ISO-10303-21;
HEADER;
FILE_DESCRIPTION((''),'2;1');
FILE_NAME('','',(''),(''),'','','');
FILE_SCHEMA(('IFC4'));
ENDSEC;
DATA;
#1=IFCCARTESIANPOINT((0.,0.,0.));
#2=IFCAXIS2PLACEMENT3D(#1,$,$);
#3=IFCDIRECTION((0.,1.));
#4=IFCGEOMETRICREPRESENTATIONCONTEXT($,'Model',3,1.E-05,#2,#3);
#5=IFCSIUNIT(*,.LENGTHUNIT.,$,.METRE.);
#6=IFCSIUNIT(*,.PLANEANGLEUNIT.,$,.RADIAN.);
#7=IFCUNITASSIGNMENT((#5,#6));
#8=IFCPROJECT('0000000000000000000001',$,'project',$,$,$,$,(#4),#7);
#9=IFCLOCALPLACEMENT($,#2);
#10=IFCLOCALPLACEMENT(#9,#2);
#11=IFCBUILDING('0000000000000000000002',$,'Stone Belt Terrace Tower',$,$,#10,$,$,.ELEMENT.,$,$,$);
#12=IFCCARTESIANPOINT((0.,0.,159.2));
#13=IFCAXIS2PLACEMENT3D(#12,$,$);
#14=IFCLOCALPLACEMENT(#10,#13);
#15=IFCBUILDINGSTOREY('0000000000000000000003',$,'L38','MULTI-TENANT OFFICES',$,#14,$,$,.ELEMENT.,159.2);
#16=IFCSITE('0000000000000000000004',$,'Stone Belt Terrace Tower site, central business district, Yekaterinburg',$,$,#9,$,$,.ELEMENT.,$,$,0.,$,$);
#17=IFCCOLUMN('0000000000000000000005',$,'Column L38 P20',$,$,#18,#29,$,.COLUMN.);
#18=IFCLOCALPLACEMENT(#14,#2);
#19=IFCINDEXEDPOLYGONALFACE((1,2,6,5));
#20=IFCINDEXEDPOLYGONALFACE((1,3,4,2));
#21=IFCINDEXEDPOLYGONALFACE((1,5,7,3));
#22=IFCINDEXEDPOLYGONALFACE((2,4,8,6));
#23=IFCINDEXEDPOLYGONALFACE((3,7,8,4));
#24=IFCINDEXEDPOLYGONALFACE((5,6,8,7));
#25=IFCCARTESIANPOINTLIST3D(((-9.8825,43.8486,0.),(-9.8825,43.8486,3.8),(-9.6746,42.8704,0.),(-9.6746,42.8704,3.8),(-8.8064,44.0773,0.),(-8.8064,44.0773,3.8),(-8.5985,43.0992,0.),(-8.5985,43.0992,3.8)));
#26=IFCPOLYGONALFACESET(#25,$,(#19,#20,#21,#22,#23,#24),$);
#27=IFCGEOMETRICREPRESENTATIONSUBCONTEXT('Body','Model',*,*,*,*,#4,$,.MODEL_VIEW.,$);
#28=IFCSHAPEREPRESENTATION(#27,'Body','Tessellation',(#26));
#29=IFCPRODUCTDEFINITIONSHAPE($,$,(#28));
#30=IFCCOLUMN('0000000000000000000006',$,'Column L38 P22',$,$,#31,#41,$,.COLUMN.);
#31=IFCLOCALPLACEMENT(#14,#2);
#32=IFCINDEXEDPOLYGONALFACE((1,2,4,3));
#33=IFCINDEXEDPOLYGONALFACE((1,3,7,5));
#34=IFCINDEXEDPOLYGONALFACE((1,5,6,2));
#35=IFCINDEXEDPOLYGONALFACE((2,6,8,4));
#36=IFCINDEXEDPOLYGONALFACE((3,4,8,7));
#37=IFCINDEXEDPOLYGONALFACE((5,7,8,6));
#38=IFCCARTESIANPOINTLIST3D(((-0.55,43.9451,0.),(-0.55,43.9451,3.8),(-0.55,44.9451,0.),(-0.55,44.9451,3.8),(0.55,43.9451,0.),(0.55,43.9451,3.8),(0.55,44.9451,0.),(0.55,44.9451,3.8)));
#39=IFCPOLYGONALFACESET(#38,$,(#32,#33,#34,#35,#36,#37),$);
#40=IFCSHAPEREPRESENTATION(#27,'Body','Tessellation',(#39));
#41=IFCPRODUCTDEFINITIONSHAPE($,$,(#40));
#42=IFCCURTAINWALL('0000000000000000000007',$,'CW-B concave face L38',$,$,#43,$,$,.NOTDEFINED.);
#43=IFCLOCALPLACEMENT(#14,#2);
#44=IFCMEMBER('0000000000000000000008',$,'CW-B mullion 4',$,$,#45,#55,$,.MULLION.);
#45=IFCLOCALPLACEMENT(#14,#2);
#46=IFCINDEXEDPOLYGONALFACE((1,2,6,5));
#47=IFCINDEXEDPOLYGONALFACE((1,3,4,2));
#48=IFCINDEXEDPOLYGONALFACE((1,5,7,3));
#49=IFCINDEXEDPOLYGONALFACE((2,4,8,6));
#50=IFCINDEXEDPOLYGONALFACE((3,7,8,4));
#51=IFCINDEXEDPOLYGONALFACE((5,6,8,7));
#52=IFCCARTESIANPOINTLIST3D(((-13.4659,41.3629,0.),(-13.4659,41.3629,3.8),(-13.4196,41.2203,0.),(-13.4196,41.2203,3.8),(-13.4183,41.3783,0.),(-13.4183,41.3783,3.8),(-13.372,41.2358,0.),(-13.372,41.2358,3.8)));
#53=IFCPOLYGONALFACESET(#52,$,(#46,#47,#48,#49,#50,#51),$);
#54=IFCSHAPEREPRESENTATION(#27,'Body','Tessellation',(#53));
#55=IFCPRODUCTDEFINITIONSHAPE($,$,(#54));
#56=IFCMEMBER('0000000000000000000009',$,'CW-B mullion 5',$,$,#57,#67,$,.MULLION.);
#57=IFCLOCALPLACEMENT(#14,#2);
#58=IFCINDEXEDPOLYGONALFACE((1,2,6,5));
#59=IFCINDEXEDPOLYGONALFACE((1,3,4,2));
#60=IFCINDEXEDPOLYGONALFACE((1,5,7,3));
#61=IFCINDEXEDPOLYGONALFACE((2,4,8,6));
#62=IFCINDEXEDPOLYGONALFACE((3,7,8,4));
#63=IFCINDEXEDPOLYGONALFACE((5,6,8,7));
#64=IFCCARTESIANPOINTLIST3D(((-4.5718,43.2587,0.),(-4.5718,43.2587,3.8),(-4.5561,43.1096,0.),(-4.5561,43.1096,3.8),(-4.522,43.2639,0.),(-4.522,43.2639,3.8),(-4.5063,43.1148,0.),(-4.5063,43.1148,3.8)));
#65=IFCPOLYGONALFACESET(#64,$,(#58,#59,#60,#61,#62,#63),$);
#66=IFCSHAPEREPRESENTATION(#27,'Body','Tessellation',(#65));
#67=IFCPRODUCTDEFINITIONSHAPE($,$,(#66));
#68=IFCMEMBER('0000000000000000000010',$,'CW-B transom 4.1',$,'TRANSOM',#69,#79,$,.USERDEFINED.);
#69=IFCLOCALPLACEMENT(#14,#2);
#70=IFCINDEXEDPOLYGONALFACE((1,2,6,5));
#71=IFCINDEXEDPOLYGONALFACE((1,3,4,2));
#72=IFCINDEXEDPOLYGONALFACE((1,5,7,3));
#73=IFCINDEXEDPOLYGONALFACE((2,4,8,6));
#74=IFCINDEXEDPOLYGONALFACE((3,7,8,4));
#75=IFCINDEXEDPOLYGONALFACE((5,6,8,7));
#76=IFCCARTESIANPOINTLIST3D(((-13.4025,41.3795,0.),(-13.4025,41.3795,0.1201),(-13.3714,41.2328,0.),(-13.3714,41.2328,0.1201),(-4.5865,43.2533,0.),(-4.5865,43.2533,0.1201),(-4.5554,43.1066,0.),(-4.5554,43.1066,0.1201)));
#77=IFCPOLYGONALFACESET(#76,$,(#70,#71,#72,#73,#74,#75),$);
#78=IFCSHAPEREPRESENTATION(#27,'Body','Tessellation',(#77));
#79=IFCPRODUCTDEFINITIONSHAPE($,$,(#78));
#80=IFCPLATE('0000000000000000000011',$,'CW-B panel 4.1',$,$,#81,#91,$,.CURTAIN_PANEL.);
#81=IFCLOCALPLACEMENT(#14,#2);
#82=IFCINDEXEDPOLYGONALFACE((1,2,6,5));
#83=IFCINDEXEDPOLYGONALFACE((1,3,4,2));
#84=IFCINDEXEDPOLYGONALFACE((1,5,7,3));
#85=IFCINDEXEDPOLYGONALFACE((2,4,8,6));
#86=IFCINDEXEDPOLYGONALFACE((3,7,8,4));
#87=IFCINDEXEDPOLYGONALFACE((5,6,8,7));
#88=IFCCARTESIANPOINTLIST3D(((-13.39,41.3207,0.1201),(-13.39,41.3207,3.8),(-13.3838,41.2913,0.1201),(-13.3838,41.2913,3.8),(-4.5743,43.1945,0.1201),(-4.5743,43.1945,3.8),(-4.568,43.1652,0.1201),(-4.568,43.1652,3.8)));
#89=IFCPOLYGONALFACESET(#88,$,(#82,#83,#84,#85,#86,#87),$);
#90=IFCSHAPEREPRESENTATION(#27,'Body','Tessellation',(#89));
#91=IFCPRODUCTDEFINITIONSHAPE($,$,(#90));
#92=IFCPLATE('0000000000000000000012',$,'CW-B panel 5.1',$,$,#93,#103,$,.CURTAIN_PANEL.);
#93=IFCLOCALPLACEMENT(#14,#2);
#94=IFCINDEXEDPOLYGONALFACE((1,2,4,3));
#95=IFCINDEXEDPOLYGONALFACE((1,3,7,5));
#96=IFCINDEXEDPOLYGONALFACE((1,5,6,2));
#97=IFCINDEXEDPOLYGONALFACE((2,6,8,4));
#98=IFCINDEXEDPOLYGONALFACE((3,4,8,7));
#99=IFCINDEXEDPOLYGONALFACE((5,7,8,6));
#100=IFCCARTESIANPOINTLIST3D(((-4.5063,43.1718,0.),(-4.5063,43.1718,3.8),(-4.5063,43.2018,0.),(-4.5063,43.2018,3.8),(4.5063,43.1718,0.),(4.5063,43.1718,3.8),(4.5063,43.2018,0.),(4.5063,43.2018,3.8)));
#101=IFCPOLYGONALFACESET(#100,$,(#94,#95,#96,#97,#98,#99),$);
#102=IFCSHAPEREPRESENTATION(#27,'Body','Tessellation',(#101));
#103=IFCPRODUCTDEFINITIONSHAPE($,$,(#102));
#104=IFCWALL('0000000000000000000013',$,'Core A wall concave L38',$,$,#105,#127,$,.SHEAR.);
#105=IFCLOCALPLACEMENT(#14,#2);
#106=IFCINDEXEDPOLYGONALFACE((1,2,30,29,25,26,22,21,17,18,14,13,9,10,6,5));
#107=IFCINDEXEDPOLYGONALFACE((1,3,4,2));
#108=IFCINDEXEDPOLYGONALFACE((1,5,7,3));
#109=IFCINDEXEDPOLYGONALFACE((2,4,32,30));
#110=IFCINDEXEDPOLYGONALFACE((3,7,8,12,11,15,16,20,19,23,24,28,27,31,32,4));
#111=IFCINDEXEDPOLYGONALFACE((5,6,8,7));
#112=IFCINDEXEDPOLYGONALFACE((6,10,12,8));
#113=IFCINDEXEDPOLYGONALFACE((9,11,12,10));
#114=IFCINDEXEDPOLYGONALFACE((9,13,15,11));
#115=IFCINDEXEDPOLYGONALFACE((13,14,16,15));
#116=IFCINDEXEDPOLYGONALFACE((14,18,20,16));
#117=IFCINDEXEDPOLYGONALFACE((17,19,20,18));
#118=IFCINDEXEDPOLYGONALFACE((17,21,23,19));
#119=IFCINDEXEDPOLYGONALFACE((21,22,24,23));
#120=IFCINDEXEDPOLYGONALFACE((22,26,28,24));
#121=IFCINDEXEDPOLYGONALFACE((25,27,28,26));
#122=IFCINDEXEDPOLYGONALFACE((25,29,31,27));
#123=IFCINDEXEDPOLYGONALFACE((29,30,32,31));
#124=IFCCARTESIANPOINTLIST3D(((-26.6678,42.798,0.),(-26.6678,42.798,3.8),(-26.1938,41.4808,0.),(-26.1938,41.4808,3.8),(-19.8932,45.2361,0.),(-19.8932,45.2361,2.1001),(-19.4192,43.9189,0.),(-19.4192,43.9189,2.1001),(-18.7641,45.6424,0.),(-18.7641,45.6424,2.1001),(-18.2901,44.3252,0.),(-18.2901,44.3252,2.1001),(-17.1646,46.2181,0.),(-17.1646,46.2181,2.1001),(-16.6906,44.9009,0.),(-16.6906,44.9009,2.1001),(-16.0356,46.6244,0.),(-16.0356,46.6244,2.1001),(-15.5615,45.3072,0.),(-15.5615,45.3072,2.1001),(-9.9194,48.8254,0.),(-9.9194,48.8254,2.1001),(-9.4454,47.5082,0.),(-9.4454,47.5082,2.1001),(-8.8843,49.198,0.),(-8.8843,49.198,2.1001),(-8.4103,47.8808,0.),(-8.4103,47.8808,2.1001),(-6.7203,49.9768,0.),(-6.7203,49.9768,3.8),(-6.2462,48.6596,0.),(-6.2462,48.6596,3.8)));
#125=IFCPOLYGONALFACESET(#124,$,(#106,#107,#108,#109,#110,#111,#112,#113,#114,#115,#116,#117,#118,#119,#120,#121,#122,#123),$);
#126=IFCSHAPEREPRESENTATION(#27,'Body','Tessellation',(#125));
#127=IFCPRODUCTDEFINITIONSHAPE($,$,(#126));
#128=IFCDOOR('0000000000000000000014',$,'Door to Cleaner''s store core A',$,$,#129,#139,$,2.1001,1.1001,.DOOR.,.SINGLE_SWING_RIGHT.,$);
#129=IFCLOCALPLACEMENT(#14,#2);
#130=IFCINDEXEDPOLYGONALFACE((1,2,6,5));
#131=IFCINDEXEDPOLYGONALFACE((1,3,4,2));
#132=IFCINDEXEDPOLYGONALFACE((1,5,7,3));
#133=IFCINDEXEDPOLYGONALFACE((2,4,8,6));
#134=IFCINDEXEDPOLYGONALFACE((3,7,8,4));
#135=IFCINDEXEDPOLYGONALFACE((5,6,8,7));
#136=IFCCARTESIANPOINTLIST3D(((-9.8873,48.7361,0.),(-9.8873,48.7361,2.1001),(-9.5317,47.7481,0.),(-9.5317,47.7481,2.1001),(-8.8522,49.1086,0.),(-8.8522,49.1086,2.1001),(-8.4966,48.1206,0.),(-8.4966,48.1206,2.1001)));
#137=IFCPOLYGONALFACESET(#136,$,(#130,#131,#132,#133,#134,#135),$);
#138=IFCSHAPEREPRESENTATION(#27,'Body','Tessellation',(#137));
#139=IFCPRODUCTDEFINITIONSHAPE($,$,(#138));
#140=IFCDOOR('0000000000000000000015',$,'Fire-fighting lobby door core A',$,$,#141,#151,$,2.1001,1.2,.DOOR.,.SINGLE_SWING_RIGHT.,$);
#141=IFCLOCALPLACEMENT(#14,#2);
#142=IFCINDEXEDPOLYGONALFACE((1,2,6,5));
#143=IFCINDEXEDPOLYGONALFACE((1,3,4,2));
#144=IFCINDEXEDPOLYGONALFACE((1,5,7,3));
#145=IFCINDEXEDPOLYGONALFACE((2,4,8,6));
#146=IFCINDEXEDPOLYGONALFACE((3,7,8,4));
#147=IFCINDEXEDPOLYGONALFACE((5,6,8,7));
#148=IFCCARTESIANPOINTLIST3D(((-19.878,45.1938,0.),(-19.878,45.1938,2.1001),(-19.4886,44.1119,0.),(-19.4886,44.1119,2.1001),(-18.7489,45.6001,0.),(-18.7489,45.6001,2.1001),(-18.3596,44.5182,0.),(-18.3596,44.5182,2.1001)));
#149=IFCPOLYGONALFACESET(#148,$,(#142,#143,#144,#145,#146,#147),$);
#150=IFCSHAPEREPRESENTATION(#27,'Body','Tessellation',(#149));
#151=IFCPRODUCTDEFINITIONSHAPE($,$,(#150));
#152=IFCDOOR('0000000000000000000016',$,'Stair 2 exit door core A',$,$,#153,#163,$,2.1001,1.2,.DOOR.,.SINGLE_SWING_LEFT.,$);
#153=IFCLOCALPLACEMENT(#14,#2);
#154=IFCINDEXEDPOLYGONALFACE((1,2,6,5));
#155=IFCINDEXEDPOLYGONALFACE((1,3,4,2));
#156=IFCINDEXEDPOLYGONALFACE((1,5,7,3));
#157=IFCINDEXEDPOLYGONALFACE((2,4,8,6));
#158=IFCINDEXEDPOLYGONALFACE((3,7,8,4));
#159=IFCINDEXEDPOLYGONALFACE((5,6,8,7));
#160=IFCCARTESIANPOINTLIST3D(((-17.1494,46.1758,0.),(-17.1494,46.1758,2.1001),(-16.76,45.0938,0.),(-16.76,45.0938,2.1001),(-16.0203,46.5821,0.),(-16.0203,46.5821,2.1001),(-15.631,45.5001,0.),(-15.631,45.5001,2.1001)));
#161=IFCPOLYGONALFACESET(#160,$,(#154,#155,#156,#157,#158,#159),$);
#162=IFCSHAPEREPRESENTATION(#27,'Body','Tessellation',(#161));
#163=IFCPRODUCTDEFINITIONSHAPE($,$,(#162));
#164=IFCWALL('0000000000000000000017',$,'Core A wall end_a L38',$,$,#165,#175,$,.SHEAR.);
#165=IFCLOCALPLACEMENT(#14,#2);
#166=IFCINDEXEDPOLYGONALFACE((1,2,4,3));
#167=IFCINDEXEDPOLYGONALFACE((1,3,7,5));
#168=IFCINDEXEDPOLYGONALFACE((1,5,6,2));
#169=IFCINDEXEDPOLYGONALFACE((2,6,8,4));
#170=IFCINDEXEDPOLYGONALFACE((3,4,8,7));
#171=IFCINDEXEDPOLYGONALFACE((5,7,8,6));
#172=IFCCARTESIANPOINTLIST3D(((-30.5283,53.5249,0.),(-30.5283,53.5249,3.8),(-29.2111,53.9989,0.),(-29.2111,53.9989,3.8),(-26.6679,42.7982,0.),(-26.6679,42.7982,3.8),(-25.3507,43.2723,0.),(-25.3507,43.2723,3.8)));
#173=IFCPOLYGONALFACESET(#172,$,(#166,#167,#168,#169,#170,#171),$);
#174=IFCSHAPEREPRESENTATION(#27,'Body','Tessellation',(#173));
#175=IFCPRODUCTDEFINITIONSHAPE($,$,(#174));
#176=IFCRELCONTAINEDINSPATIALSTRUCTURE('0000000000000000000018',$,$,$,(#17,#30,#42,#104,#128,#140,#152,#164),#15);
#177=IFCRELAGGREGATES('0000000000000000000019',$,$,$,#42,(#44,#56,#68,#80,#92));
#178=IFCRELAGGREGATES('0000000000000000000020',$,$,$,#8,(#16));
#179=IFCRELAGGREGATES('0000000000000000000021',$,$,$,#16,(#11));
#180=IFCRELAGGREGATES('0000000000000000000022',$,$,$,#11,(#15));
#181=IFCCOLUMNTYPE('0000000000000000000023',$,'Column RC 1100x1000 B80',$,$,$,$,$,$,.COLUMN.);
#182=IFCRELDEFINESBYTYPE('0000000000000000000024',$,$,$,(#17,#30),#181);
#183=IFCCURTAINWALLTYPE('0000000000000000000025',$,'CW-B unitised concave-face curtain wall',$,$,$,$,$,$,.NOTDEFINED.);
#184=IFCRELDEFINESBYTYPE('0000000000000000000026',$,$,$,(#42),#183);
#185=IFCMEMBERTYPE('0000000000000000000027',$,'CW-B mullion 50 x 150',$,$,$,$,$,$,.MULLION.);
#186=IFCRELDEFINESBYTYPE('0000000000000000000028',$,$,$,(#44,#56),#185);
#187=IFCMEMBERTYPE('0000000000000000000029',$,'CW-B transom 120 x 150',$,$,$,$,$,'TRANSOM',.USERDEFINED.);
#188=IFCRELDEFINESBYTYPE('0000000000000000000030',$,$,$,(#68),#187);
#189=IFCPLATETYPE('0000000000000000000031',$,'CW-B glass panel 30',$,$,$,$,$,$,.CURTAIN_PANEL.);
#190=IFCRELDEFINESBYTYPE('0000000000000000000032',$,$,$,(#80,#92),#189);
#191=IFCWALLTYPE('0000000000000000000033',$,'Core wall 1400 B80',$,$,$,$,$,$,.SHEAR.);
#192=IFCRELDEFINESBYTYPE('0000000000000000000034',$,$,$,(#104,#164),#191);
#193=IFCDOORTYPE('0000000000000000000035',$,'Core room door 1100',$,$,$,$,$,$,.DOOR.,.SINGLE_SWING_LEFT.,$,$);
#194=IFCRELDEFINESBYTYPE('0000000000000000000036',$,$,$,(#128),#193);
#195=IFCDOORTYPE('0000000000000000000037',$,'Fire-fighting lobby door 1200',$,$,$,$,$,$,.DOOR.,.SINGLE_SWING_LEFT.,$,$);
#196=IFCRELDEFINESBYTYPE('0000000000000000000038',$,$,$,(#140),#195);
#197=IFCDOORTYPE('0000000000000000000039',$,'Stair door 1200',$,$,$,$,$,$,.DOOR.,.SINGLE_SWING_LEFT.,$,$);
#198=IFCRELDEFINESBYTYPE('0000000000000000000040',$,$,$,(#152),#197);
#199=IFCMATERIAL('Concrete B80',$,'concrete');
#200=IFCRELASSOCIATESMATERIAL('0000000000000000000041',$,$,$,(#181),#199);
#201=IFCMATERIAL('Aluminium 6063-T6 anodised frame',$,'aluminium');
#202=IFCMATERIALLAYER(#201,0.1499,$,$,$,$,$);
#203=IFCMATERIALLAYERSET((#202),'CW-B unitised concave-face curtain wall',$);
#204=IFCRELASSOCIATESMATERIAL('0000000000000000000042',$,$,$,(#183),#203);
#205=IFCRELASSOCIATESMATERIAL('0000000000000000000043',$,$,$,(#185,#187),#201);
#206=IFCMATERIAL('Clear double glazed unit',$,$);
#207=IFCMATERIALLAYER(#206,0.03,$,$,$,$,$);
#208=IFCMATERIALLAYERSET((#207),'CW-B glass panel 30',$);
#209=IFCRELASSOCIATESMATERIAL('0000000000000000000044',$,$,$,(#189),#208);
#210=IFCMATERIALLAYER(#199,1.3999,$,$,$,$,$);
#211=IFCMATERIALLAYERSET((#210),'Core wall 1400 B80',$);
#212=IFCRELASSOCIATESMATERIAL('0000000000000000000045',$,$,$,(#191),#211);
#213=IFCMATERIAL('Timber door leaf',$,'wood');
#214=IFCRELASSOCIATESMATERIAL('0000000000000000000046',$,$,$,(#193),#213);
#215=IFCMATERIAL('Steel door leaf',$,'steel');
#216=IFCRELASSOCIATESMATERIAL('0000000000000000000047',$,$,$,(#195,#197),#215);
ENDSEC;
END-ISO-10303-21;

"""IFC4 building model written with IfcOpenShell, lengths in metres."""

from ifc_helpers import new_model, si_unit, direction, frame, frame_2d, origin, origin_2d, place, context, subcontext, project, spatial, rectangle, extrude, material, layer, layer_set, material_profile, profile_set, type_object, element, fill, aggregate, save


model = new_model("IFC4")

# Units and contexts
model_context = context("Model", 3, precision=1e-05, world=origin(), true_north=direction((0.0, 1.0)))
body_context = subcontext(model_context, "Body", "Model", "MODEL_VIEW")
ifc_project = project(units=[si_unit("LENGTHUNIT", "METRE"), si_unit("PLANEANGLEUNIT", "RADIAN")], contexts=[model_context])

# Site, building, storey
site_placement = place(None, origin())
site = spatial("IfcSite", under=ifc_project, at=site_placement, Name="Stone Belt Terrace Tower site, central business district, Yekaterinburg", CompositionType="ELEMENT", RefElevation=0.0)
building_placement = place(site_placement, origin())
building = spatial("IfcBuilding", under=site, at=building_placement, Name="Stone Belt Terrace Tower", CompositionType="ELEMENT")
storey_placement = place(building_placement, frame((0.0, 0.0, 159.2)))
storey = spatial("IfcBuildingStorey", under=building, at=storey_placement, Name="L38", Description="MULTI-TENANT OFFICES", CompositionType="ELEMENT", Elevation=159.2)

# Columns
ifc_material_1 = material(Name="Concrete B80", Category="concrete")
ifc_material_profile_1 = material_profile(ifc_material_1, rectangle(XDim=1.1001, YDim=1.0, at=origin_2d()), Name="RC 1100x1000")
ifc_profile_set_1 = profile_set([ifc_material_profile_1], Name="Concrete B80")
column_type = type_object("IfcColumnType", Name="Column RC 1100x1000 B80", PredefinedType="COLUMN", material=ifc_profile_set_1)
for number, where, z_axis, x_axis, name in (
    (1, (-9.2405, 43.4739, 0.0), (0.0, 0.0, 1.0), (0.978148, 0.207912, 0.0), "Column L38 P20"),
    (2, (0.0, 44.4451, 0.0), (0.0, 0.0, 1.0), (1.0, 0.0, 0.0), "Column L38 P22"),
):
    element("IfcColumn", number, at=place(storey_placement, frame(where, z_axis=z_axis, x_axis=x_axis)), inside=storey, type_object=column_type, Name=name, PredefinedType="COLUMN", context=body_context, shape_type="SweptSolid", body=[
        extrude(rectangle(XDim=1.1001, YDim=1.0, at=origin_2d()), origin(), (0.0, 0.0, 1.0), 3.8),
    ])

# Curtain wall, members, plates
ifc_material_2 = material(Name="Aluminium 6063-T6 anodised frame", Category="aluminium")
ifc_layer_1 = layer(ifc_material_2, 0.1499)
ifc_layer_set_1 = layer_set([ifc_layer_1], Name="CW-B unitised concave-face curtain wall")
curtain_wall_type = type_object("IfcCurtainWallType", Name="CW-B unitised concave-face curtain wall", PredefinedType="NOTDEFINED", material=ifc_layer_set_1)
curtain_wall_placement = place(storey_placement, origin())
curtain_wall = element("IfcCurtainWall", 3, at=curtain_wall_placement, inside=storey, type_object=curtain_wall_type, Name="CW-B concave face L38", PredefinedType="NOTDEFINED")
ifc_material_profile_2 = material_profile(ifc_material_2, rectangle(XDim=0.1499, YDim=0.05, at=origin_2d()), Name="Aluminium 6063-T6 50x150")
ifc_profile_set_2 = profile_set([ifc_material_profile_2], Name="Aluminium 6063-T6 anodised frame")
member_type_1 = type_object("IfcMemberType", Name="CW-B mullion 50 x 150", PredefinedType="MULLION", material=ifc_profile_set_2)
member_1_placement = place(storey_placement, frame((-13.4189, 41.2993, 0.0), z_axis=(0.0, 0.0, 1.0), x_axis=(-0.309017, 0.951057, 0.0)))
member_1 = element("IfcMember", 4, at=member_1_placement, type_object=member_type_1, Name="CW-B mullion 4", PredefinedType="MULLION", context=body_context, shape_type="SweptSolid", body=[
    extrude(rectangle(XDim=0.1499, YDim=0.05, at=origin_2d()), origin(), (0.0, 0.0, 1.0), 3.8),
])
member_2_placement = place(storey_placement, frame((-4.5391, 43.1868, 0.0), z_axis=(0.0, 0.0, 1.0), x_axis=(-0.104528, 0.994522, 0.0)))
member_2 = element("IfcMember", 5, at=member_2_placement, type_object=member_type_1, Name="CW-B mullion 5", PredefinedType="MULLION", context=body_context, shape_type="SweptSolid", body=[
    extrude(rectangle(XDim=0.1499, YDim=0.05, at=origin_2d()), origin(), (0.0, 0.0, 1.0), 3.8),
])
ifc_material_profile_3 = material_profile(ifc_material_2, rectangle(XDim=0.1499, YDim=0.1201, at=origin_2d()), Name="Aluminium 6063-T6 150x120")
ifc_profile_set_3 = profile_set([ifc_material_profile_3], Name="Aluminium 6063-T6 anodised frame")
member_type_2 = type_object("IfcMemberType", Name="CW-B transom 120 x 150", ElementType="TRANSOM", PredefinedType="USERDEFINED", material=ifc_profile_set_3)
member_3_placement = place(storey_placement, frame((-13.387, 41.3062, 0.0601), z_axis=(0.97815, 0.207901, 0.0), x_axis=(-0.207901, 0.97815, 0.0)))
member_3 = element("IfcMember", 6, at=member_3_placement, type_object=member_type_2, Name="CW-B transom 4.1", ObjectType="TRANSOM", PredefinedType="USERDEFINED", context=body_context, shape_type="SweptSolid", body=[
    extrude(rectangle(XDim=0.1499, YDim=0.1201, at=origin_2d()), origin(), (0.0, 0.0, 1.0), 9.0129),
])
ifc_material_3 = material(Name="Clear double glazed unit")
ifc_layer_2 = layer(ifc_material_3, 0.03)
ifc_layer_set_2 = layer_set([ifc_layer_2], Name="CW-B glass panel 30")
plate_type = type_object("IfcPlateType", Name="CW-B glass panel 30", PredefinedType="CURTAIN_PANEL", material=ifc_layer_set_2)
plate_1_placement = place(storey_placement, frame((-8.979, 42.2429, 0.1201), z_axis=(0.0, 0.0, 1.0), x_axis=(0.978148, 0.207912, 0.0)))
plate_1 = element("IfcPlate", 7, at=plate_1_placement, type_object=plate_type, Name="CW-B panel 4.1", PredefinedType="CURTAIN_PANEL", context=body_context, shape_type="SweptSolid", body=[
    extrude(rectangle(XDim=9.0127, YDim=0.03, at=origin_2d()), origin(), (0.0, 0.0, 1.0), 3.6799),
])
plate_2_placement = place(storey_placement, frame((0.0, 43.1868, 0.0), z_axis=(0.0, 0.0, 1.0), x_axis=(1.0, 0.0, 0.0)))
plate_2 = element("IfcPlate", 8, at=plate_2_placement, type_object=plate_type, Name="CW-B panel 5.1", PredefinedType="CURTAIN_PANEL", context=body_context, shape_type="SweptSolid", body=[
    extrude(rectangle(XDim=9.0127, YDim=0.03, at=origin_2d()), origin(), (0.0, 0.0, 1.0), 3.8),
])
aggregate(curtain_wall, [member_1, member_2, member_3, plate_1, plate_2])

# Wall, openings, doors
ifc_layer_3 = layer(ifc_material_1, 1.3999)
ifc_layer_set_3 = layer_set([ifc_layer_3], Name="Core wall 1400 B80")
wall_type_1 = type_object("IfcWallType", Name="Core wall 1400 B80", PredefinedType="SHEAR", material=ifc_layer_set_3)
wall_1_placement = place(storey_placement, frame((-26.4309, 42.1394, 0.0), z_axis=(0.0, 0.0, 1.0), x_axis=(0.940923, 0.33862, 0.0)))
wall_1 = element("IfcWall", 9, at=wall_1_placement, inside=storey, type_object=wall_type_1, Name="Core A wall concave L38", PredefinedType="SHEAR", context=body_context, shape_type="SweptSolid", body=[
    extrude(rectangle(XDim=21.2, YDim=1.3999, at=frame_2d((10.6001, 0.0))), origin(), (0.0, 0.0, 1.0), 3.8),
])
opening_1_placement = place(wall_1_placement, frame((7.2, 0.0, 0.0)))
opening_1 = element("IfcOpeningElement", 10, at=opening_1_placement, cuts=wall_1, PredefinedType="OPENING", context=body_context, shape_type="SweptSolid", body=[
    extrude(rectangle(XDim=1.2, YDim=2.1001, at=frame_2d((0.6001, 1.05))), frame((0.0, 0.71, 0.0), z_axis=(0.0, -1.0, 0.0), x_axis=(1.0, 0.0, 0.0)), (0.0, 0.0, 1.0), 1.4199),
])
opening_2_placement = place(wall_1_placement, frame((10.0999, 0.0, 0.0)))
opening_2 = element("IfcOpeningElement", 11, at=opening_2_placement, cuts=wall_1, PredefinedType="OPENING", context=body_context, shape_type="SweptSolid", body=[
    extrude(rectangle(XDim=1.2, YDim=2.1001, at=frame_2d((0.6001, 1.05))), frame((0.0, 0.71, 0.0), z_axis=(0.0, -1.0, 0.0), x_axis=(1.0, 0.0, 0.0)), (0.0, 0.0, 1.0), 1.4199),
])
opening_3_placement = place(wall_1_placement, frame((17.8, 0.0, 0.0)))
opening_3 = element("IfcOpeningElement", 12, at=opening_3_placement, cuts=wall_1, PredefinedType="OPENING", context=body_context, shape_type="SweptSolid", body=[
    extrude(rectangle(XDim=1.1001, YDim=2.1001, at=frame_2d((0.55, 1.05))), frame((0.0, 0.71, 0.0), z_axis=(0.0, -1.0, 0.0), x_axis=(1.0, 0.0, 0.0)), (0.0, 0.0, 1.0), 1.4199),
])
ifc_material_4 = material(Name="Timber door leaf", Category="wood")
door_type_1 = type_object("IfcDoorType", Name="Core room door 1100", OperationType="SINGLE_SWING_LEFT", PredefinedType="DOOR", material=ifc_material_4)
door_1_placement = place(opening_3_placement, origin())
door_1 = element("IfcDoor", 13, at=door_1_placement, inside=storey, type_object=door_type_1, Name="Door to Cleaner's store core A", OperationType="SINGLE_SWING_RIGHT", OverallHeight=2.1001, OverallWidth=1.1001, PredefinedType="DOOR", context=body_context, shape_type="SweptSolid", body=[
    extrude(rectangle(XDim=1.1001, YDim=2.1001, at=frame_2d((0.55, 1.05))), frame((0.0, 0.605, 0.0), z_axis=(0.0, -1.0, 0.0), x_axis=(1.0, 0.0, 0.0)), (0.0, 0.0, 1.0), 1.05),
])
fill(opening_3, door_1)
ifc_material_5 = material(Name="Steel door leaf", Category="steel")
door_type_2 = type_object("IfcDoorType", Name="Fire-fighting lobby door 1200", OperationType="SINGLE_SWING_LEFT", PredefinedType="DOOR", material=ifc_material_5)
door_2_placement = place(opening_1_placement, origin())
door_2 = element("IfcDoor", 14, at=door_2_placement, inside=storey, type_object=door_type_2, Name="Fire-fighting lobby door core A", OperationType="SINGLE_SWING_RIGHT", OverallHeight=2.1001, OverallWidth=1.2, PredefinedType="DOOR", context=body_context, shape_type="SweptSolid", body=[
    extrude(rectangle(XDim=1.2, YDim=2.1001, at=frame_2d((0.6001, 1.05))), frame((0.0, 0.655, 0.0), z_axis=(0.0, -1.0, 0.0), x_axis=(1.0, 0.0, 0.0)), (0.0, 0.0, 1.0), 1.1499),
])
fill(opening_1, door_2)
door_type_3 = type_object("IfcDoorType", Name="Stair door 1200", OperationType="SINGLE_SWING_LEFT", PredefinedType="DOOR", material=ifc_material_5)
door_3_placement = place(opening_2_placement, origin())
door_3 = element("IfcDoor", 15, at=door_3_placement, inside=storey, type_object=door_type_3, Name="Stair 2 exit door core A", OperationType="SINGLE_SWING_LEFT", OverallHeight=2.1001, OverallWidth=1.2, PredefinedType="DOOR", context=body_context, shape_type="SweptSolid", body=[
    extrude(rectangle(XDim=1.2, YDim=2.1001, at=frame_2d((0.6001, 1.05))), frame((0.0, 0.655, 0.0), z_axis=(0.0, -1.0, 0.0), x_axis=(1.0, 0.0, 0.0)), (0.0, 0.0, 1.0), 1.1499),
])
fill(opening_2, door_3)

# Wall
wall_2_placement = place(storey_placement, frame((-26.0093, 43.0352, 0.0), z_axis=(0.0, 0.0, 1.0), x_axis=(-0.338625, 0.940921, 0.0)))
element("IfcWall", 16, at=wall_2_placement, inside=storey, type_object=wall_type_1, Name="Core A wall end_a L38", PredefinedType="SHEAR", context=body_context, shape_type="SweptSolid", body=[
    extrude(rectangle(XDim=11.4001, YDim=1.3999, at=frame_2d((5.7002, 0.0))), origin(), (0.0, 0.0, 1.0), 3.8),
])

save(model, "model.ifc")
